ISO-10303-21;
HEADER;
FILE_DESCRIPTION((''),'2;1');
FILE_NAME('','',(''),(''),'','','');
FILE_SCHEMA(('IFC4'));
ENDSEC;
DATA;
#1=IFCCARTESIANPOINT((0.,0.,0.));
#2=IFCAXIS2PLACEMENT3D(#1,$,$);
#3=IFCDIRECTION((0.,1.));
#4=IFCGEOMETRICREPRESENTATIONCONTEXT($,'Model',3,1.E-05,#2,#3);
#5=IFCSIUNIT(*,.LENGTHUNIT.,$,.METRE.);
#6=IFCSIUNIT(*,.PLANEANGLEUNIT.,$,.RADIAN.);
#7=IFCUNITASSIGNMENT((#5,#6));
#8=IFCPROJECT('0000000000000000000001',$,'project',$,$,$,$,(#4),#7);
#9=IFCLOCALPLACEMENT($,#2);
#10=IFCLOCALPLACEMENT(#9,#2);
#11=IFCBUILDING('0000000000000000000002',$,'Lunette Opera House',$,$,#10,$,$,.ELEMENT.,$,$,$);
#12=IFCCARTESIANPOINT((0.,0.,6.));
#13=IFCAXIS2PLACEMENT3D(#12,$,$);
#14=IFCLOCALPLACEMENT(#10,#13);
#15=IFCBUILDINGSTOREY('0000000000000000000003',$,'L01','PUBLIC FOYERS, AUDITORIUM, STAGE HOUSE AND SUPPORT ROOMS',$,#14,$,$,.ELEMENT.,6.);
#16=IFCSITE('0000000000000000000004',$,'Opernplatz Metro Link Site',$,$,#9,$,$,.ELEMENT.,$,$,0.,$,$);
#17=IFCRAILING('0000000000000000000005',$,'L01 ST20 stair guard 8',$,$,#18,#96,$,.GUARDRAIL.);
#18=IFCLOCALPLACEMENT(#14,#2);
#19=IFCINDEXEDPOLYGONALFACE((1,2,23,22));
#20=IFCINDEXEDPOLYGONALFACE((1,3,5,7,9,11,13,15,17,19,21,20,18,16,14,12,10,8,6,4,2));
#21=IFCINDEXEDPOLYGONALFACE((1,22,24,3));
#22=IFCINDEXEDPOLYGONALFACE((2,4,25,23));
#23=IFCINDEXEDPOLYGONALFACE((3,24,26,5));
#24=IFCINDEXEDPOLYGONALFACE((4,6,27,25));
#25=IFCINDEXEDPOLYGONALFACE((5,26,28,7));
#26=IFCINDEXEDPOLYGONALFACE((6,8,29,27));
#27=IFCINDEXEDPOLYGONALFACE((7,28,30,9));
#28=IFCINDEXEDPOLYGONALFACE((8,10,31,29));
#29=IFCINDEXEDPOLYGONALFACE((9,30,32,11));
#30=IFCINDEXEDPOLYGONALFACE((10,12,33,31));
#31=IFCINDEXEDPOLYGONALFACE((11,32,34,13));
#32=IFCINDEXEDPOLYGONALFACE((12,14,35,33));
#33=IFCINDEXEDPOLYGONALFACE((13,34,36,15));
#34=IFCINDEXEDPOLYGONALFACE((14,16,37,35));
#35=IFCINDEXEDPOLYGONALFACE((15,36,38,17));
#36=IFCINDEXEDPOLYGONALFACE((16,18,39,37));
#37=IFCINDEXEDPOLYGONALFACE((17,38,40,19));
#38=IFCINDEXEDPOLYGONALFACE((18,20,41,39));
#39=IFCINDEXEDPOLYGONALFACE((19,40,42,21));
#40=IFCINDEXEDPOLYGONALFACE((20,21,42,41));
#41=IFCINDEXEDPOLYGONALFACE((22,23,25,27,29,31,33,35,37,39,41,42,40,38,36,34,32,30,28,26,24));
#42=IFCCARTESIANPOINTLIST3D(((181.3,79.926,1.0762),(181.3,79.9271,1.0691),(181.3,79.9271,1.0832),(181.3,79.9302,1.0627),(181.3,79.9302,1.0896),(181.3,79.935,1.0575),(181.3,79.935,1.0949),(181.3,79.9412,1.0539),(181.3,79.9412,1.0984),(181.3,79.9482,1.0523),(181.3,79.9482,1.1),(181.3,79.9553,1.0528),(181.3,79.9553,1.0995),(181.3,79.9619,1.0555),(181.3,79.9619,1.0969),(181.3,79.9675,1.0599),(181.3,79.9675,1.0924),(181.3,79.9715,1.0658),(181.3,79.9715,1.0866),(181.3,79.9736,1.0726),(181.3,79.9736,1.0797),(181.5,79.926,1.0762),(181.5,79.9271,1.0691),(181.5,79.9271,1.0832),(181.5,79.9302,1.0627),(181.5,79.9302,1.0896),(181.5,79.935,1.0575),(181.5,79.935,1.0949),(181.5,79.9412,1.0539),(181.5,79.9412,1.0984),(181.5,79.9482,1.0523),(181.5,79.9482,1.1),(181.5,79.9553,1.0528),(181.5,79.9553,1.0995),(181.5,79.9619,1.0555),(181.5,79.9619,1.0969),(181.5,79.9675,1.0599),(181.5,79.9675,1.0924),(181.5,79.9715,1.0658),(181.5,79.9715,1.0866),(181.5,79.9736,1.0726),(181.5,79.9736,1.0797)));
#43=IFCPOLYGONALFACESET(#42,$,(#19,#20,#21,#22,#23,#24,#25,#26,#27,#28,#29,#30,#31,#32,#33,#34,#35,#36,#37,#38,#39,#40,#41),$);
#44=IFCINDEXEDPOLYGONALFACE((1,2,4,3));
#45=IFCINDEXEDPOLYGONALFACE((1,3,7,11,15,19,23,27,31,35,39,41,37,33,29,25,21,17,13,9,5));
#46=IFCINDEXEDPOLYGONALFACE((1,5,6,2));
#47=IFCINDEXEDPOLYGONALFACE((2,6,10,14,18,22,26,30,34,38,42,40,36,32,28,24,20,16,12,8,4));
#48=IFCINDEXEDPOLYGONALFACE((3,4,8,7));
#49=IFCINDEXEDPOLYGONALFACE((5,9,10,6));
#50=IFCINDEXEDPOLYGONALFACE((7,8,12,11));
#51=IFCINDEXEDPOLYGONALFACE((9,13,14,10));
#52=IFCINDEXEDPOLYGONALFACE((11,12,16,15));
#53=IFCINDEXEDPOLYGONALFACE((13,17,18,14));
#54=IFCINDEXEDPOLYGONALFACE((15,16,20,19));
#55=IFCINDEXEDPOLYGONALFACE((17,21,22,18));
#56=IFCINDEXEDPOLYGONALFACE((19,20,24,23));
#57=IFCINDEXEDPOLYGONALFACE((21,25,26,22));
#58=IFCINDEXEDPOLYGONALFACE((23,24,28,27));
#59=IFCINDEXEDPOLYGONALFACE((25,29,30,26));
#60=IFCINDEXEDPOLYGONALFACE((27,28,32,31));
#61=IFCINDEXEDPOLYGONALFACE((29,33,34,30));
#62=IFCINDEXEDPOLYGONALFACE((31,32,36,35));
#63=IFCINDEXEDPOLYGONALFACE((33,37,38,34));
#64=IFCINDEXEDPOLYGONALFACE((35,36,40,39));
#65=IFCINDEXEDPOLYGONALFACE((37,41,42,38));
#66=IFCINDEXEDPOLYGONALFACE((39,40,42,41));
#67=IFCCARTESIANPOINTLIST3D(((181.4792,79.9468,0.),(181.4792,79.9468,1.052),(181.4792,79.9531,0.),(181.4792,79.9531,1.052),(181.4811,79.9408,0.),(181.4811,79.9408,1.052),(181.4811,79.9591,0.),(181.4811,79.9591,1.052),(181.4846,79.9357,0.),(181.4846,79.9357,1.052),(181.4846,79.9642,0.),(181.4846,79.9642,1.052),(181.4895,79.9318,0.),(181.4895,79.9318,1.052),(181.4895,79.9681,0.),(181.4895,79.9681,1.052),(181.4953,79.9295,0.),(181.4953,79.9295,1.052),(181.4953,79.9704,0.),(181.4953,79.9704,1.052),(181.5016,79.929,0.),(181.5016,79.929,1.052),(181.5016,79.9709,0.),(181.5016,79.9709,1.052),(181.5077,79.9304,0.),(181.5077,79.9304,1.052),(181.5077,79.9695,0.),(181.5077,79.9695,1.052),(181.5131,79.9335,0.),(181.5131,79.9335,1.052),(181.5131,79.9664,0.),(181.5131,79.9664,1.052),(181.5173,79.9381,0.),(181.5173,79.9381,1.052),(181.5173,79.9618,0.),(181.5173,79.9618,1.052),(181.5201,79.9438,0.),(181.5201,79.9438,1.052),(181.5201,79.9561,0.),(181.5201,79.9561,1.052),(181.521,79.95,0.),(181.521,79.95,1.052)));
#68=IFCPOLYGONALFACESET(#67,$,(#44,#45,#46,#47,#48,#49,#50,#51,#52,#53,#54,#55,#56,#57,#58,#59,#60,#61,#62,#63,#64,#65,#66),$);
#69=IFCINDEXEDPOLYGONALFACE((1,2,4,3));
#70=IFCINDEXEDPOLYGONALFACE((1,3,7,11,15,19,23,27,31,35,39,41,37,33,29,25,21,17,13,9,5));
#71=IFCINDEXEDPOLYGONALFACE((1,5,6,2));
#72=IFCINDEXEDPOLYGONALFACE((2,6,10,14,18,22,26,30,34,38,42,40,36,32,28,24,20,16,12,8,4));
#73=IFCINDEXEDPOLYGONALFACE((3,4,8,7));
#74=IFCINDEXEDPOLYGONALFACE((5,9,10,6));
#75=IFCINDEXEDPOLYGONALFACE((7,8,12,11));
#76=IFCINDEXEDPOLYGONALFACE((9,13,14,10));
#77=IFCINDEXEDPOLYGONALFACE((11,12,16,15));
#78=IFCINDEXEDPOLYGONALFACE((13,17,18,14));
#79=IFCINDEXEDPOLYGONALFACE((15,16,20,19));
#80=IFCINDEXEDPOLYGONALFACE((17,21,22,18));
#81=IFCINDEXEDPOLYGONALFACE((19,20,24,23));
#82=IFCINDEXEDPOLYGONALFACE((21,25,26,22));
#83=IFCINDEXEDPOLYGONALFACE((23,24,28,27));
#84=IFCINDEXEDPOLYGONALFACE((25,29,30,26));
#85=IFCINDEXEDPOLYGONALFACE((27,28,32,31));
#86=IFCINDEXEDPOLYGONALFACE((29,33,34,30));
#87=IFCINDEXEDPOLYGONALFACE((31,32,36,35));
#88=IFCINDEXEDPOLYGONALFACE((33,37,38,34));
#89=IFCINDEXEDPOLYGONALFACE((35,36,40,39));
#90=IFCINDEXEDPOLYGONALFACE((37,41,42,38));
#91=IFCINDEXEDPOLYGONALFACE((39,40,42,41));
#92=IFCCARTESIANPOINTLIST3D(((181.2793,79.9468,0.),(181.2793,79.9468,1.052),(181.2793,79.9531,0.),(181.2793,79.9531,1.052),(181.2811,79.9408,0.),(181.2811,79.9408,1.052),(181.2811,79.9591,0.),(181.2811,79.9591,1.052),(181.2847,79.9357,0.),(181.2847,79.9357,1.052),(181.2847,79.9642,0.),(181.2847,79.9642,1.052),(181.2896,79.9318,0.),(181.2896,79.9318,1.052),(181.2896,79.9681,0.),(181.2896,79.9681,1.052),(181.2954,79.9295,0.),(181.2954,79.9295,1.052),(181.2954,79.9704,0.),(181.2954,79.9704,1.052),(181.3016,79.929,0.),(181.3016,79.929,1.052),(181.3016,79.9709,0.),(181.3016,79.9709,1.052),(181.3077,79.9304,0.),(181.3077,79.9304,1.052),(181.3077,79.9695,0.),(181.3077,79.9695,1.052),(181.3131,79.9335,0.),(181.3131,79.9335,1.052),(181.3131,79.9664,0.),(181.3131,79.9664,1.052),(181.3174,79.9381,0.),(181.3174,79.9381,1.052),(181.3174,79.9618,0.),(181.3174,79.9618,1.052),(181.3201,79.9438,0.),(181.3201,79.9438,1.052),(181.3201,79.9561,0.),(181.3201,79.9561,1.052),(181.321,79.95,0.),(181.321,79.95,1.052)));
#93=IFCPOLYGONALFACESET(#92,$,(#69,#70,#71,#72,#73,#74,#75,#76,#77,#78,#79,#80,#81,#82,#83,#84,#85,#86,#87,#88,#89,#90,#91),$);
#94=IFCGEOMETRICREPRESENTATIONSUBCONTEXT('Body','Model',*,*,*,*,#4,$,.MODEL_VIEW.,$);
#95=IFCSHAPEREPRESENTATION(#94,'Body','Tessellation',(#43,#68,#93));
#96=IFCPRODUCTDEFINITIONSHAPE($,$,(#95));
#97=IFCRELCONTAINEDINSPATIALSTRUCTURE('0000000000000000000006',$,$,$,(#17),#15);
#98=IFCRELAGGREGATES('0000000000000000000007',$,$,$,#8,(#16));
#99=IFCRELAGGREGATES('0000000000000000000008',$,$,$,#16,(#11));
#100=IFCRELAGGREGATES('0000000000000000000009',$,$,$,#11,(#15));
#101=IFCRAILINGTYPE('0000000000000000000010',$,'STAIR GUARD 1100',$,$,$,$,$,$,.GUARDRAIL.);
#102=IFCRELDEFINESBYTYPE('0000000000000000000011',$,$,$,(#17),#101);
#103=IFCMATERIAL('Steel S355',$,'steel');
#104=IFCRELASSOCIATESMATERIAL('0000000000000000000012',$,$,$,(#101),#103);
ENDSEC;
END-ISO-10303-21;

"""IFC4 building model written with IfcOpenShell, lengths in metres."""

from ifc_helpers import new_model, si_unit, direction, frame, origin, origin_2d, place, context, subcontext, project, spatial, circle, extrude, material, type_object, element, save


model = new_model("IFC4")

# Units and contexts
model_context = context("Model", 3, precision=1e-05, world=origin(), true_north=direction((0.0, 1.0)))
body_context = subcontext(model_context, "Body", "Model", "MODEL_VIEW")
ifc_project = project(units=[si_unit("LENGTHUNIT", "METRE"), si_unit("PLANEANGLEUNIT", "RADIAN")], contexts=[model_context])

# Site, building, storey
site_placement = place(None, origin())
site = spatial("IfcSite", under=ifc_project, at=site_placement, Name="Opernplatz Metro Link Site", CompositionType="ELEMENT", RefElevation=0.0)
building_placement = place(site_placement, origin())
building = spatial("IfcBuilding", under=site, at=building_placement, Name="Lunette Opera House", CompositionType="ELEMENT")
storey_placement = place(building_placement, frame((0.0, 0.0, 6.0)))
storey = spatial("IfcBuildingStorey", under=building, at=storey_placement, Name="L01", Description="PUBLIC FOYERS, AUDITORIUM, STAGE HOUSE AND SUPPORT ROOMS", CompositionType="ELEMENT", Elevation=6.0)

# Railing
ifc_material_1 = material(Name="Steel S355", Category="steel")
railing_type_1 = type_object("IfcRailingType", Name="STAIR GUARD 1100", PredefinedType="GUARDRAIL", material=ifc_material_1)
railing_1_placement = place(storey_placement, frame((181.5, 79.95, 0.0)))
element("IfcRailing", 1, at=railing_1_placement, inside=storey, type_object=railing_type_1, Name="L01 ST20 stair guard 8", PredefinedType="GUARDRAIL", context=body_context, shape_type="SweptSolid", body=[
    extrude(circle(Radius=0.0239, at=origin_2d()), frame((0.0, 0.0, 1.0762), z_axis=(-1.0, 0.0, 0.0), x_axis=(0.0, -1.0, 0.0)), (0.0, 0.0, 1.0), 0.2),
    extrude(circle(Radius=0.021, at=origin_2d()), origin(), (0.0, 0.0, 1.0), 1.052),
    extrude(circle(Radius=0.021, at=origin_2d()), frame((-0.2, 0.0, 0.0)), (0.0, 0.0, 1.0), 1.052),
])

save(model, "model.ifc")
